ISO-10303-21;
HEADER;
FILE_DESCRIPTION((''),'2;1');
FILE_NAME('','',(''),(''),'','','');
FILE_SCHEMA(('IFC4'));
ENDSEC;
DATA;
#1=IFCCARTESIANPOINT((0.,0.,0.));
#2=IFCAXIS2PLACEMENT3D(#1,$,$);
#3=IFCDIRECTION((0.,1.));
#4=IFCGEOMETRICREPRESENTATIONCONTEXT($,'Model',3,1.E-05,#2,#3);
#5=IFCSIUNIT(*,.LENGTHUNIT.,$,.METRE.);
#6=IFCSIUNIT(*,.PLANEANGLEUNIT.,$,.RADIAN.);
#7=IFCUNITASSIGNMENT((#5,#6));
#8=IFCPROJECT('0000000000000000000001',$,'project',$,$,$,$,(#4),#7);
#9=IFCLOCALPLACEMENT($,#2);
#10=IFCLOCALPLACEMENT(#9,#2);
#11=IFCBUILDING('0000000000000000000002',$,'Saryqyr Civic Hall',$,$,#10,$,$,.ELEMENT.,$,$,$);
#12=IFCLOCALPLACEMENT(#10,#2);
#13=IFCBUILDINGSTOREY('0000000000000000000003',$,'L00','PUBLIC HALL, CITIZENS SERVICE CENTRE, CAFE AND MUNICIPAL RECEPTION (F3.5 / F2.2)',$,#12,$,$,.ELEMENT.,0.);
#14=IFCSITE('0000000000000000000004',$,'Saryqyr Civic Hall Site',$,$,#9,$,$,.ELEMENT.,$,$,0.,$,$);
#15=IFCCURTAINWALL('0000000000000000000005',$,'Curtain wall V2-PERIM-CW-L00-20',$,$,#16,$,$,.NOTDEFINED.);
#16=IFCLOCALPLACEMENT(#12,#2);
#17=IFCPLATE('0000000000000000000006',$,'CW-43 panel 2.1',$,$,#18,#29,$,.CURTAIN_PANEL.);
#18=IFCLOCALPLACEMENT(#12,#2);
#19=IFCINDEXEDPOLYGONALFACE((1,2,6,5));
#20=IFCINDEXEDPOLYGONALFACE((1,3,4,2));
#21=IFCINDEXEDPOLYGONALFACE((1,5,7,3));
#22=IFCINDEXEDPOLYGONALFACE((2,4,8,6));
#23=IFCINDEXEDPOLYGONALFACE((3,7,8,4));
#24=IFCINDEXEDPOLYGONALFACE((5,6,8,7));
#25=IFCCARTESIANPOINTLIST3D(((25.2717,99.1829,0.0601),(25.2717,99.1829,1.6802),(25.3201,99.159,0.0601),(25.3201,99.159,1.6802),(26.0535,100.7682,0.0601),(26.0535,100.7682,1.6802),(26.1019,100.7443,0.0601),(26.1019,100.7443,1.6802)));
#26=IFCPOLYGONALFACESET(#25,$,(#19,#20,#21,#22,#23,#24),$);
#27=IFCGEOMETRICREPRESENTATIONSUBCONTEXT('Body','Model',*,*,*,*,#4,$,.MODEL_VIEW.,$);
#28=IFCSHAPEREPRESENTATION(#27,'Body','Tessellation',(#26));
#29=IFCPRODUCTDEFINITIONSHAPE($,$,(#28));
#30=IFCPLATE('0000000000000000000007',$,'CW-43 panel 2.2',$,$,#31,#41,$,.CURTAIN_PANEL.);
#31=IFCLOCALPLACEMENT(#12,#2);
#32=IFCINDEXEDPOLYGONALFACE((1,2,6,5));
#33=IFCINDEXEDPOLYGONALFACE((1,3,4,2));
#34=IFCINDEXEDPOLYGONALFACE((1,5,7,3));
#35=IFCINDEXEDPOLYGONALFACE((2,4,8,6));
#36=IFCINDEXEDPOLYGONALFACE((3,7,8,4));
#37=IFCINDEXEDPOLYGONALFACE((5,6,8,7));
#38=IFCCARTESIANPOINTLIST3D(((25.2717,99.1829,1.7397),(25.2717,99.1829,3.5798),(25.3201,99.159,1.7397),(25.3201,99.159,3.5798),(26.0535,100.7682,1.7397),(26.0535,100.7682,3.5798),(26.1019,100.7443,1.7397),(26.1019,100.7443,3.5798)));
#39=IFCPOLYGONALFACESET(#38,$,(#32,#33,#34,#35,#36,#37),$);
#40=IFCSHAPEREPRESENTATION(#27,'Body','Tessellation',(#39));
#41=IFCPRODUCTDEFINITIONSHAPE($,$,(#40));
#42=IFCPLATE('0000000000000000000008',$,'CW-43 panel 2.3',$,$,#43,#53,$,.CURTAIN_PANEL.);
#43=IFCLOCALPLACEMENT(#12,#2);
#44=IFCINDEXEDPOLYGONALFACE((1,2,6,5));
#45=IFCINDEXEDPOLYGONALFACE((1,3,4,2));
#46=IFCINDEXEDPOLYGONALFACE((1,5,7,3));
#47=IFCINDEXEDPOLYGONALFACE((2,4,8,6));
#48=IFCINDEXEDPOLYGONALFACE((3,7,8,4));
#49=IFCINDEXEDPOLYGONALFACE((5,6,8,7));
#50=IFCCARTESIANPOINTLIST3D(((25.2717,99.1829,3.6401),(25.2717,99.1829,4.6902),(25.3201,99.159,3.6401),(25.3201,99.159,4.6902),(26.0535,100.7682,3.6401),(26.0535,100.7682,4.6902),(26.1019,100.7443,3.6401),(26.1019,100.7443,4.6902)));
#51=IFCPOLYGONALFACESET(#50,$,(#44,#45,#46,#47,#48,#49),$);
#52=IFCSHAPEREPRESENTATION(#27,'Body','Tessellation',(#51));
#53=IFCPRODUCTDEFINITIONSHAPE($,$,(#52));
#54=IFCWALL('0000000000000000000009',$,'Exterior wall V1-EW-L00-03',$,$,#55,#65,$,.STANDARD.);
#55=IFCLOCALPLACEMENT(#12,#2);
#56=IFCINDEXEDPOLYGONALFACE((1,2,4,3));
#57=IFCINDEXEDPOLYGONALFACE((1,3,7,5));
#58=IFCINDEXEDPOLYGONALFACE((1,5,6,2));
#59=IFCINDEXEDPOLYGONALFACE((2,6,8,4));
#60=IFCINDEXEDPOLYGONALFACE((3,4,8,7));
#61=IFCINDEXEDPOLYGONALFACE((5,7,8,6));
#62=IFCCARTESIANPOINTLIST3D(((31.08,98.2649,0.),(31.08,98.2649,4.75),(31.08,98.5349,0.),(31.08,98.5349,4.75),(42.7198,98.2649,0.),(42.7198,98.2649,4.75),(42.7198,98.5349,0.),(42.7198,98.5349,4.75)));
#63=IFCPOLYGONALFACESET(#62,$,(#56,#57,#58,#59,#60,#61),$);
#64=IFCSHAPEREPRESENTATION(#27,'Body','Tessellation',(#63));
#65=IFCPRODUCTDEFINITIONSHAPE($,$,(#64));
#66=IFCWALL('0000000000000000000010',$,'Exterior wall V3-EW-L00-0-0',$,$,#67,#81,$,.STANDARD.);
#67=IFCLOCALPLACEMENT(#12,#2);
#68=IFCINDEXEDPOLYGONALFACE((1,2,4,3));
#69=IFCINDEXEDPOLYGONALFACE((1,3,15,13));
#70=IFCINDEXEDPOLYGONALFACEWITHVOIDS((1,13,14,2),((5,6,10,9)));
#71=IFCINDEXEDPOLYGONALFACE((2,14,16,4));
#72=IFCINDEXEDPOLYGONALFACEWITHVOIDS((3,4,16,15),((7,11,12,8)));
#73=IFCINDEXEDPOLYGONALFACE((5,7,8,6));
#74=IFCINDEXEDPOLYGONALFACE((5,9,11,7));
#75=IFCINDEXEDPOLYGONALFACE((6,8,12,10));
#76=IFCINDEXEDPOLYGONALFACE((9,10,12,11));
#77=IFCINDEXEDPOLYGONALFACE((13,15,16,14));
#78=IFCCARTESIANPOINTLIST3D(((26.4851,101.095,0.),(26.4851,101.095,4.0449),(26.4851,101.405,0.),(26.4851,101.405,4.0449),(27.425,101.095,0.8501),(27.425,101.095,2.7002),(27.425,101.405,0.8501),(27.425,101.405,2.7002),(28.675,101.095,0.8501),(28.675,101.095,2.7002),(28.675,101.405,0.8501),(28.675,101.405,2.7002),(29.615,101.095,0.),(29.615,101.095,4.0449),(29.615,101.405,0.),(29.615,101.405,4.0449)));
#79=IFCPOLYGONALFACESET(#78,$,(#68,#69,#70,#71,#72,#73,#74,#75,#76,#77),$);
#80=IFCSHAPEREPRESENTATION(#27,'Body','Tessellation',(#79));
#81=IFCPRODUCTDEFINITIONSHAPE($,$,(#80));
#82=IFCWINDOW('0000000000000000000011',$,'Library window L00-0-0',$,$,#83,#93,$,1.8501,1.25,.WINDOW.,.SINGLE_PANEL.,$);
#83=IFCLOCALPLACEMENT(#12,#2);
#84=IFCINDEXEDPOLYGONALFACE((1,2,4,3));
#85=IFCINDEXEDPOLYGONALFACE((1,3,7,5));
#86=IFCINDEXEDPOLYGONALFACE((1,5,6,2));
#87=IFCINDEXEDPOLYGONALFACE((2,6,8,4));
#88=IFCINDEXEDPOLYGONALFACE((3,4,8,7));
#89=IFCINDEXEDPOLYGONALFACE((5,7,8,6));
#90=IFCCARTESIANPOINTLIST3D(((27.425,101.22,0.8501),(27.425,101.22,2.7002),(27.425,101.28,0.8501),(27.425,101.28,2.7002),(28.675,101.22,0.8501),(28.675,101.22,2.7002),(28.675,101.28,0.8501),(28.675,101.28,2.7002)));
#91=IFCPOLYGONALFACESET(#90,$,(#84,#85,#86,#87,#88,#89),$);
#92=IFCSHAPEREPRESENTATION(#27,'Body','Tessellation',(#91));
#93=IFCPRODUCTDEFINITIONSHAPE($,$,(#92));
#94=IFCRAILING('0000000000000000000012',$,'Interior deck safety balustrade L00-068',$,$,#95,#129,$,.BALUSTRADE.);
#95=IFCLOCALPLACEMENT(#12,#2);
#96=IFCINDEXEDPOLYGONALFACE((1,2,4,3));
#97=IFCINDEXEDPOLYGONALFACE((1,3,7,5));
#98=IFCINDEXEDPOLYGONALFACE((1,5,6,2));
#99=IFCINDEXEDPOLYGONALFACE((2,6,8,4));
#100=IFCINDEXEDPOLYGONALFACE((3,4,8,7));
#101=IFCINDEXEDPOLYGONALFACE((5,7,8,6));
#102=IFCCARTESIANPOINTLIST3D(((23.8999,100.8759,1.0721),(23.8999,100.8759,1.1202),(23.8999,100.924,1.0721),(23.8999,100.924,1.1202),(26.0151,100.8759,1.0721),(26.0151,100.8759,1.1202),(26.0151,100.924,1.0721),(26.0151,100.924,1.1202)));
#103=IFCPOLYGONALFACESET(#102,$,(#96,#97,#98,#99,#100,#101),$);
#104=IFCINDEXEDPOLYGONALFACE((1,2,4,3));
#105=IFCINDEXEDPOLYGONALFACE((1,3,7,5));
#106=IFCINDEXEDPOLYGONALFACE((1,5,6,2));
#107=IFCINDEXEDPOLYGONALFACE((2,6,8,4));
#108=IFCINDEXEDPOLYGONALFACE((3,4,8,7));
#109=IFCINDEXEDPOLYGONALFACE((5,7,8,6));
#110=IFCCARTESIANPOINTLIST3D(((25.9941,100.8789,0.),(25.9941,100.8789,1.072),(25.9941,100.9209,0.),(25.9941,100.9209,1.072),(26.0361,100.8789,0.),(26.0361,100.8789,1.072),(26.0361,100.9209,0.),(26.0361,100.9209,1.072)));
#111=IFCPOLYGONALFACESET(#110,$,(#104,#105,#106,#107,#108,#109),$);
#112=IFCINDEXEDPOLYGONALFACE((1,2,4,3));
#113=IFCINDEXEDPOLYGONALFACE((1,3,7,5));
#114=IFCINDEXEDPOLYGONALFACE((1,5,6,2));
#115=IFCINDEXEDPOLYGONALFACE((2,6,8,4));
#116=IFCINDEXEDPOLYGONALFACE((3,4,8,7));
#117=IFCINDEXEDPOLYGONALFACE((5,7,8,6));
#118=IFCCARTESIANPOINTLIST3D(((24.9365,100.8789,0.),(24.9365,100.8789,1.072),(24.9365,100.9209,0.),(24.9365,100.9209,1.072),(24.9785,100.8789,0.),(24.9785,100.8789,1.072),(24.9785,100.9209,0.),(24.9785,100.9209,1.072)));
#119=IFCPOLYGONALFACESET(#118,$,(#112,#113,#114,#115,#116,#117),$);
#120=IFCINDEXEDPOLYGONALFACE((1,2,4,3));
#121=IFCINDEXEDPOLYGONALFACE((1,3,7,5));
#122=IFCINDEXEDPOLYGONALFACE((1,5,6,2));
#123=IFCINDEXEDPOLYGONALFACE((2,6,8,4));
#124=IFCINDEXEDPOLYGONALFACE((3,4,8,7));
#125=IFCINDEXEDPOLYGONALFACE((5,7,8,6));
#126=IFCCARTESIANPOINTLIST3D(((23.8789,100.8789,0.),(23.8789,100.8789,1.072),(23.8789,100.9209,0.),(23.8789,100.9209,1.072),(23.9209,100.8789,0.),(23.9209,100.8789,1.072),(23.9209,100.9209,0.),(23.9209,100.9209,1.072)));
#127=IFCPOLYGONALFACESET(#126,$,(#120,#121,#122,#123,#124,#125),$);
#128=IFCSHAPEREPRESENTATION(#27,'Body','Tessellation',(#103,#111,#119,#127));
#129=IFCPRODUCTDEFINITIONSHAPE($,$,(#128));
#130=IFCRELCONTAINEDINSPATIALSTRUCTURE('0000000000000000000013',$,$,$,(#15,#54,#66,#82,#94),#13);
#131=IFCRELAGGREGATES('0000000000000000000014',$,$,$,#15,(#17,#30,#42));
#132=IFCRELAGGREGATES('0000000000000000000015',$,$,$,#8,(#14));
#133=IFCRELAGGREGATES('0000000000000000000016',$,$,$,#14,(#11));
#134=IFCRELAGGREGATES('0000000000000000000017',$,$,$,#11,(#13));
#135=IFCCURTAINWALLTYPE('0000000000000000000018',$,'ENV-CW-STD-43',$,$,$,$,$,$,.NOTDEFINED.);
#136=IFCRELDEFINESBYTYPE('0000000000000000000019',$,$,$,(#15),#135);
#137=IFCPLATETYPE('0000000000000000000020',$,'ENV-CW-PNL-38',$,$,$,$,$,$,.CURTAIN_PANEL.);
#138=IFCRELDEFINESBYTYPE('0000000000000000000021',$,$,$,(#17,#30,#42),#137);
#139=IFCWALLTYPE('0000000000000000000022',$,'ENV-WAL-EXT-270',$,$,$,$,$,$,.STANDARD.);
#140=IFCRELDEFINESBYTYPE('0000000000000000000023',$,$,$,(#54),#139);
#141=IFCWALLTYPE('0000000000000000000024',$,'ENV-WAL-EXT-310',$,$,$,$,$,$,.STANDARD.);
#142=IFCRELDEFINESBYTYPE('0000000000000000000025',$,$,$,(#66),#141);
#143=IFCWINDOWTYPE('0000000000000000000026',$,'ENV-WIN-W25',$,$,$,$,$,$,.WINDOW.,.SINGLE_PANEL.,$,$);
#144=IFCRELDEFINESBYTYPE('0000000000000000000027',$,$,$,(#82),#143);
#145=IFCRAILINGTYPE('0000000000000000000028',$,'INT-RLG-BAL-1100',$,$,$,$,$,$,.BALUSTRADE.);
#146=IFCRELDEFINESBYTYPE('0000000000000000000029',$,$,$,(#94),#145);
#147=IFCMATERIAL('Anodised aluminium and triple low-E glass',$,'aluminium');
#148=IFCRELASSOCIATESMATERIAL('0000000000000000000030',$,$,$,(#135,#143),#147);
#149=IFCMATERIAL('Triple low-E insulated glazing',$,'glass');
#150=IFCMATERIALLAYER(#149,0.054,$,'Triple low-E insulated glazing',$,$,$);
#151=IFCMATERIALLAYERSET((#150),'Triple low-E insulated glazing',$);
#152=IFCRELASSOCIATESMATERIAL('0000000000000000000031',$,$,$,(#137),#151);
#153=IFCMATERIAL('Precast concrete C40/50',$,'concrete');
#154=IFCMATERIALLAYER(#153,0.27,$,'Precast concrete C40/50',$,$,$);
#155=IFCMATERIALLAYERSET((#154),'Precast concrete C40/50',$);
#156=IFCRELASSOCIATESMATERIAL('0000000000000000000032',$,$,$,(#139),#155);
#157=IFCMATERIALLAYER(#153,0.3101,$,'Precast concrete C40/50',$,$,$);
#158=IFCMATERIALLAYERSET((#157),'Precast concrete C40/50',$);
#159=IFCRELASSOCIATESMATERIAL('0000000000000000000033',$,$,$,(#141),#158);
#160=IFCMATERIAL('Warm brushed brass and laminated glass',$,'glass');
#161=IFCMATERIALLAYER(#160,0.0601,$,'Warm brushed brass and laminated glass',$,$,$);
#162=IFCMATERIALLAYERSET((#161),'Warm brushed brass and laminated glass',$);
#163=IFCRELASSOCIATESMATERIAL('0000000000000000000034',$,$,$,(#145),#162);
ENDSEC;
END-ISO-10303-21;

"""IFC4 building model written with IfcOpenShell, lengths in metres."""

from ifc_helpers import new_model, si_unit, direction, frame, frame_2d, origin, origin_2d, place, context, subcontext, project, spatial, rectangle, extrude, material, layer, layer_set, type_object, element, fill, aggregate, save


model = new_model("IFC4")

# Units and contexts
model_context = context("Model", 3, precision=1e-05, world=origin(), true_north=direction((0.0, 1.0)))
body_context = subcontext(model_context, "Body", "Model", "MODEL_VIEW")
ifc_project = project(units=[si_unit("LENGTHUNIT", "METRE"), si_unit("PLANEANGLEUNIT", "RADIAN")], contexts=[model_context])

# Site, building, storey
site_placement = place(None, origin())
site = spatial("IfcSite", under=ifc_project, at=site_placement, Name="Saryqyr Civic Hall Site", CompositionType="ELEMENT", RefElevation=0.0)
building_placement = place(site_placement, origin())
building = spatial("IfcBuilding", under=site, at=building_placement, Name="Saryqyr Civic Hall", CompositionType="ELEMENT")
storey_placement = place(building_placement, origin())
storey = spatial("IfcBuildingStorey", under=building, at=storey_placement, Name="L00", Description="PUBLIC HALL, CITIZENS SERVICE CENTRE, CAFE AND MUNICIPAL RECEPTION (F3.5 / F2.2)", CompositionType="ELEMENT", Elevation=0.0)

# Curtain wall
ifc_material_1 = material(Name="Anodised aluminium and triple low-E glass", Category="aluminium")
curtain_wall_type = type_object("IfcCurtainWallType", Name="ENV-CW-STD-43", PredefinedType="NOTDEFINED", material=ifc_material_1)
curtain_wall_placement = place(storey_placement, origin())
curtain_wall = element("IfcCurtainWall", 1, at=curtain_wall_placement, inside=storey, type_object=curtain_wall_type, Name="Curtain wall V2-PERIM-CW-L00-20", PredefinedType="NOTDEFINED")

# Plates
ifc_material_2 = material(Name="Triple low-E insulated glazing", Category="glass")
ifc_layer_1 = layer(ifc_material_2, 0.054, Name="Triple low-E insulated glazing")
ifc_layer_set_1 = layer_set([ifc_layer_1], Name="Triple low-E insulated glazing")
plate_type = type_object("IfcPlateType", Name="ENV-CW-PNL-38", PredefinedType="CURTAIN_PANEL", material=ifc_layer_set_1)
plate_1_placement = place(storey_placement, frame((25.6868, 99.9636, 0.0601), z_axis=(0.0, 0.0, 1.0), x_axis=(0.442286, 0.896874, 0.0)))
plate_1 = element("IfcPlate", 2, at=plate_1_placement, type_object=plate_type, Name="CW-43 panel 2.1", PredefinedType="CURTAIN_PANEL", context=body_context, shape_type="SweptSolid", body=[
    extrude(rectangle(XDim=1.7676, YDim=0.054, at=origin_2d()), origin(), (0.0, 0.0, 1.0), 1.6201),
])
plate_2_placement = place(storey_placement, frame((25.6868, 99.9636, 1.7397), z_axis=(0.0, 0.0, 1.0), x_axis=(0.442286, 0.896874, 0.0)))
plate_2 = element("IfcPlate", 3, at=plate_2_placement, type_object=plate_type, Name="CW-43 panel 2.2", PredefinedType="CURTAIN_PANEL", context=body_context, shape_type="SweptSolid", body=[
    extrude(rectangle(XDim=1.7676, YDim=0.054, at=origin_2d()), origin(), (0.0, 0.0, 1.0), 1.8401),
])
plate_3_placement = place(storey_placement, frame((25.6868, 99.9636, 3.6401), z_axis=(0.0, 0.0, 1.0), x_axis=(0.442286, 0.896874, 0.0)))
plate_3 = element("IfcPlate", 4, at=plate_3_placement, type_object=plate_type, Name="CW-43 panel 2.3", PredefinedType="CURTAIN_PANEL", context=body_context, shape_type="SweptSolid", body=[
    extrude(rectangle(XDim=1.7676, YDim=0.054, at=origin_2d()), origin(), (0.0, 0.0, 1.0), 1.05),
])
aggregate(curtain_wall, [plate_1, plate_2, plate_3])

# Wall
ifc_material_3 = material(Name="Precast concrete C40/50", Category="concrete")
ifc_layer_2 = layer(ifc_material_3, 0.27, Name="Precast concrete C40/50")
ifc_layer_set_2 = layer_set([ifc_layer_2], Name="Precast concrete C40/50")
wall_type_1 = type_object("IfcWallType", Name="ENV-WAL-EXT-270", PredefinedType="STANDARD", material=ifc_layer_set_2)
wall_1_placement = place(storey_placement, frame((31.0801, 98.3999, 0.0), z_axis=(0.0, 0.0, 1.0), x_axis=(1.0, 0.0, 0.0)))
element("IfcWall", 5, at=wall_1_placement, inside=storey, type_object=wall_type_1, Name="Exterior wall V1-EW-L00-03", PredefinedType="STANDARD", context=body_context, shape_type="SweptSolid", body=[
    extrude(rectangle(XDim=11.6399, YDim=0.27, at=frame_2d((5.8198, 0.0))), origin(), (0.0, 0.0, 1.0), 4.75),
])

# Wall, opening, window
ifc_layer_3 = layer(ifc_material_3, 0.3101, Name="Precast concrete C40/50")
ifc_layer_set_3 = layer_set([ifc_layer_3], Name="Precast concrete C40/50")
wall_type_2 = type_object("IfcWallType", Name="ENV-WAL-EXT-310", PredefinedType="STANDARD", material=ifc_layer_set_3)
wall_2_placement = place(storey_placement, frame((29.615, 101.25, 0.0), z_axis=(0.0, 0.0, 1.0), x_axis=(-1.0, 0.0, 0.0)))
wall_2 = element("IfcWall", 6, at=wall_2_placement, inside=storey, type_object=wall_type_2, Name="Exterior wall V3-EW-L00-0-0", PredefinedType="STANDARD", context=body_context, shape_type="SweptSolid", body=[
    extrude(rectangle(XDim=3.1299, YDim=0.3101, at=frame_2d((1.5649, 0.0))), origin(), (0.0, 0.0, 1.0), 4.0449),
])
opening_placement = place(wall_2_placement, frame((0.9399, 0.0, 0.8501)))
opening = element("IfcOpeningElement", 7, at=opening_placement, cuts=wall_2, PredefinedType="OPENING", context=body_context, shape_type="SweptSolid", body=[
    extrude(rectangle(XDim=1.25, YDim=1.8501, at=frame_2d((0.625, 0.925))), frame((0.0, 0.165, 0.0), z_axis=(0.0, -1.0, 0.0), x_axis=(1.0, 0.0, 0.0)), (0.0, 0.0, 1.0), 0.3301),
])
window_type = type_object("IfcWindowType", Name="ENV-WIN-W25", PartitioningType="SINGLE_PANEL", PredefinedType="WINDOW", material=ifc_material_1)
window_placement = place(opening_placement, origin())
window = element("IfcWindow", 8, at=window_placement, inside=storey, type_object=window_type, Name="Library window L00-0-0", OverallHeight=1.8501, OverallWidth=1.25, PartitioningType="SINGLE_PANEL", PredefinedType="WINDOW", context=body_context, shape_type="SweptSolid", body=[
    extrude(rectangle(XDim=1.25, YDim=1.8501, at=frame_2d((0.625, 0.925))), frame((0.0, 0.03, 0.0), z_axis=(0.0, -1.0, 0.0), x_axis=(1.0, 0.0, 0.0)), (0.0, 0.0, 1.0), 0.0601),
])
fill(opening, window)

# Railing
ifc_material_4 = material(Name="Warm brushed brass and laminated glass", Category="glass")
ifc_layer_4 = layer(ifc_material_4, 0.0601, Name="Warm brushed brass and laminated glass")
ifc_layer_set_4 = layer_set([ifc_layer_4], Name="Warm brushed brass and laminated glass")
railing_type = type_object("IfcRailingType", Name="INT-RLG-BAL-1100", PredefinedType="BALUSTRADE", material=ifc_layer_set_4)
railing_placement = place(storey_placement, frame((26.0151, 100.8999, 0.0)))
element("IfcRailing", 9, at=railing_placement, inside=storey, type_object=railing_type, Name="Interior deck safety balustrade L00-068", PredefinedType="BALUSTRADE", context=body_context, shape_type="SweptSolid", body=[
    extrude(rectangle(XDim=0.0481, YDim=0.0481, at=origin_2d()), frame((0.0, 0.0, 1.0962), z_axis=(-1.0, 0.0, 0.0), x_axis=(0.0, -1.0, 0.0)), (0.0, 0.0, 1.0), 2.1152),
    extrude(rectangle(XDim=0.042, YDim=0.042, at=origin_2d()), origin(), (0.0, 0.0, 1.0), 1.072),
    extrude(rectangle(XDim=0.042, YDim=0.042, at=origin_2d()), frame((-1.0576, 0.0, 0.0)), (0.0, 0.0, 1.0), 1.072),
    extrude(rectangle(XDim=0.042, YDim=0.042, at=origin_2d()), frame((-2.1152, 0.0, 0.0)), (0.0, 0.0, 1.0), 1.072),
])

save(model, "model.ifc")
